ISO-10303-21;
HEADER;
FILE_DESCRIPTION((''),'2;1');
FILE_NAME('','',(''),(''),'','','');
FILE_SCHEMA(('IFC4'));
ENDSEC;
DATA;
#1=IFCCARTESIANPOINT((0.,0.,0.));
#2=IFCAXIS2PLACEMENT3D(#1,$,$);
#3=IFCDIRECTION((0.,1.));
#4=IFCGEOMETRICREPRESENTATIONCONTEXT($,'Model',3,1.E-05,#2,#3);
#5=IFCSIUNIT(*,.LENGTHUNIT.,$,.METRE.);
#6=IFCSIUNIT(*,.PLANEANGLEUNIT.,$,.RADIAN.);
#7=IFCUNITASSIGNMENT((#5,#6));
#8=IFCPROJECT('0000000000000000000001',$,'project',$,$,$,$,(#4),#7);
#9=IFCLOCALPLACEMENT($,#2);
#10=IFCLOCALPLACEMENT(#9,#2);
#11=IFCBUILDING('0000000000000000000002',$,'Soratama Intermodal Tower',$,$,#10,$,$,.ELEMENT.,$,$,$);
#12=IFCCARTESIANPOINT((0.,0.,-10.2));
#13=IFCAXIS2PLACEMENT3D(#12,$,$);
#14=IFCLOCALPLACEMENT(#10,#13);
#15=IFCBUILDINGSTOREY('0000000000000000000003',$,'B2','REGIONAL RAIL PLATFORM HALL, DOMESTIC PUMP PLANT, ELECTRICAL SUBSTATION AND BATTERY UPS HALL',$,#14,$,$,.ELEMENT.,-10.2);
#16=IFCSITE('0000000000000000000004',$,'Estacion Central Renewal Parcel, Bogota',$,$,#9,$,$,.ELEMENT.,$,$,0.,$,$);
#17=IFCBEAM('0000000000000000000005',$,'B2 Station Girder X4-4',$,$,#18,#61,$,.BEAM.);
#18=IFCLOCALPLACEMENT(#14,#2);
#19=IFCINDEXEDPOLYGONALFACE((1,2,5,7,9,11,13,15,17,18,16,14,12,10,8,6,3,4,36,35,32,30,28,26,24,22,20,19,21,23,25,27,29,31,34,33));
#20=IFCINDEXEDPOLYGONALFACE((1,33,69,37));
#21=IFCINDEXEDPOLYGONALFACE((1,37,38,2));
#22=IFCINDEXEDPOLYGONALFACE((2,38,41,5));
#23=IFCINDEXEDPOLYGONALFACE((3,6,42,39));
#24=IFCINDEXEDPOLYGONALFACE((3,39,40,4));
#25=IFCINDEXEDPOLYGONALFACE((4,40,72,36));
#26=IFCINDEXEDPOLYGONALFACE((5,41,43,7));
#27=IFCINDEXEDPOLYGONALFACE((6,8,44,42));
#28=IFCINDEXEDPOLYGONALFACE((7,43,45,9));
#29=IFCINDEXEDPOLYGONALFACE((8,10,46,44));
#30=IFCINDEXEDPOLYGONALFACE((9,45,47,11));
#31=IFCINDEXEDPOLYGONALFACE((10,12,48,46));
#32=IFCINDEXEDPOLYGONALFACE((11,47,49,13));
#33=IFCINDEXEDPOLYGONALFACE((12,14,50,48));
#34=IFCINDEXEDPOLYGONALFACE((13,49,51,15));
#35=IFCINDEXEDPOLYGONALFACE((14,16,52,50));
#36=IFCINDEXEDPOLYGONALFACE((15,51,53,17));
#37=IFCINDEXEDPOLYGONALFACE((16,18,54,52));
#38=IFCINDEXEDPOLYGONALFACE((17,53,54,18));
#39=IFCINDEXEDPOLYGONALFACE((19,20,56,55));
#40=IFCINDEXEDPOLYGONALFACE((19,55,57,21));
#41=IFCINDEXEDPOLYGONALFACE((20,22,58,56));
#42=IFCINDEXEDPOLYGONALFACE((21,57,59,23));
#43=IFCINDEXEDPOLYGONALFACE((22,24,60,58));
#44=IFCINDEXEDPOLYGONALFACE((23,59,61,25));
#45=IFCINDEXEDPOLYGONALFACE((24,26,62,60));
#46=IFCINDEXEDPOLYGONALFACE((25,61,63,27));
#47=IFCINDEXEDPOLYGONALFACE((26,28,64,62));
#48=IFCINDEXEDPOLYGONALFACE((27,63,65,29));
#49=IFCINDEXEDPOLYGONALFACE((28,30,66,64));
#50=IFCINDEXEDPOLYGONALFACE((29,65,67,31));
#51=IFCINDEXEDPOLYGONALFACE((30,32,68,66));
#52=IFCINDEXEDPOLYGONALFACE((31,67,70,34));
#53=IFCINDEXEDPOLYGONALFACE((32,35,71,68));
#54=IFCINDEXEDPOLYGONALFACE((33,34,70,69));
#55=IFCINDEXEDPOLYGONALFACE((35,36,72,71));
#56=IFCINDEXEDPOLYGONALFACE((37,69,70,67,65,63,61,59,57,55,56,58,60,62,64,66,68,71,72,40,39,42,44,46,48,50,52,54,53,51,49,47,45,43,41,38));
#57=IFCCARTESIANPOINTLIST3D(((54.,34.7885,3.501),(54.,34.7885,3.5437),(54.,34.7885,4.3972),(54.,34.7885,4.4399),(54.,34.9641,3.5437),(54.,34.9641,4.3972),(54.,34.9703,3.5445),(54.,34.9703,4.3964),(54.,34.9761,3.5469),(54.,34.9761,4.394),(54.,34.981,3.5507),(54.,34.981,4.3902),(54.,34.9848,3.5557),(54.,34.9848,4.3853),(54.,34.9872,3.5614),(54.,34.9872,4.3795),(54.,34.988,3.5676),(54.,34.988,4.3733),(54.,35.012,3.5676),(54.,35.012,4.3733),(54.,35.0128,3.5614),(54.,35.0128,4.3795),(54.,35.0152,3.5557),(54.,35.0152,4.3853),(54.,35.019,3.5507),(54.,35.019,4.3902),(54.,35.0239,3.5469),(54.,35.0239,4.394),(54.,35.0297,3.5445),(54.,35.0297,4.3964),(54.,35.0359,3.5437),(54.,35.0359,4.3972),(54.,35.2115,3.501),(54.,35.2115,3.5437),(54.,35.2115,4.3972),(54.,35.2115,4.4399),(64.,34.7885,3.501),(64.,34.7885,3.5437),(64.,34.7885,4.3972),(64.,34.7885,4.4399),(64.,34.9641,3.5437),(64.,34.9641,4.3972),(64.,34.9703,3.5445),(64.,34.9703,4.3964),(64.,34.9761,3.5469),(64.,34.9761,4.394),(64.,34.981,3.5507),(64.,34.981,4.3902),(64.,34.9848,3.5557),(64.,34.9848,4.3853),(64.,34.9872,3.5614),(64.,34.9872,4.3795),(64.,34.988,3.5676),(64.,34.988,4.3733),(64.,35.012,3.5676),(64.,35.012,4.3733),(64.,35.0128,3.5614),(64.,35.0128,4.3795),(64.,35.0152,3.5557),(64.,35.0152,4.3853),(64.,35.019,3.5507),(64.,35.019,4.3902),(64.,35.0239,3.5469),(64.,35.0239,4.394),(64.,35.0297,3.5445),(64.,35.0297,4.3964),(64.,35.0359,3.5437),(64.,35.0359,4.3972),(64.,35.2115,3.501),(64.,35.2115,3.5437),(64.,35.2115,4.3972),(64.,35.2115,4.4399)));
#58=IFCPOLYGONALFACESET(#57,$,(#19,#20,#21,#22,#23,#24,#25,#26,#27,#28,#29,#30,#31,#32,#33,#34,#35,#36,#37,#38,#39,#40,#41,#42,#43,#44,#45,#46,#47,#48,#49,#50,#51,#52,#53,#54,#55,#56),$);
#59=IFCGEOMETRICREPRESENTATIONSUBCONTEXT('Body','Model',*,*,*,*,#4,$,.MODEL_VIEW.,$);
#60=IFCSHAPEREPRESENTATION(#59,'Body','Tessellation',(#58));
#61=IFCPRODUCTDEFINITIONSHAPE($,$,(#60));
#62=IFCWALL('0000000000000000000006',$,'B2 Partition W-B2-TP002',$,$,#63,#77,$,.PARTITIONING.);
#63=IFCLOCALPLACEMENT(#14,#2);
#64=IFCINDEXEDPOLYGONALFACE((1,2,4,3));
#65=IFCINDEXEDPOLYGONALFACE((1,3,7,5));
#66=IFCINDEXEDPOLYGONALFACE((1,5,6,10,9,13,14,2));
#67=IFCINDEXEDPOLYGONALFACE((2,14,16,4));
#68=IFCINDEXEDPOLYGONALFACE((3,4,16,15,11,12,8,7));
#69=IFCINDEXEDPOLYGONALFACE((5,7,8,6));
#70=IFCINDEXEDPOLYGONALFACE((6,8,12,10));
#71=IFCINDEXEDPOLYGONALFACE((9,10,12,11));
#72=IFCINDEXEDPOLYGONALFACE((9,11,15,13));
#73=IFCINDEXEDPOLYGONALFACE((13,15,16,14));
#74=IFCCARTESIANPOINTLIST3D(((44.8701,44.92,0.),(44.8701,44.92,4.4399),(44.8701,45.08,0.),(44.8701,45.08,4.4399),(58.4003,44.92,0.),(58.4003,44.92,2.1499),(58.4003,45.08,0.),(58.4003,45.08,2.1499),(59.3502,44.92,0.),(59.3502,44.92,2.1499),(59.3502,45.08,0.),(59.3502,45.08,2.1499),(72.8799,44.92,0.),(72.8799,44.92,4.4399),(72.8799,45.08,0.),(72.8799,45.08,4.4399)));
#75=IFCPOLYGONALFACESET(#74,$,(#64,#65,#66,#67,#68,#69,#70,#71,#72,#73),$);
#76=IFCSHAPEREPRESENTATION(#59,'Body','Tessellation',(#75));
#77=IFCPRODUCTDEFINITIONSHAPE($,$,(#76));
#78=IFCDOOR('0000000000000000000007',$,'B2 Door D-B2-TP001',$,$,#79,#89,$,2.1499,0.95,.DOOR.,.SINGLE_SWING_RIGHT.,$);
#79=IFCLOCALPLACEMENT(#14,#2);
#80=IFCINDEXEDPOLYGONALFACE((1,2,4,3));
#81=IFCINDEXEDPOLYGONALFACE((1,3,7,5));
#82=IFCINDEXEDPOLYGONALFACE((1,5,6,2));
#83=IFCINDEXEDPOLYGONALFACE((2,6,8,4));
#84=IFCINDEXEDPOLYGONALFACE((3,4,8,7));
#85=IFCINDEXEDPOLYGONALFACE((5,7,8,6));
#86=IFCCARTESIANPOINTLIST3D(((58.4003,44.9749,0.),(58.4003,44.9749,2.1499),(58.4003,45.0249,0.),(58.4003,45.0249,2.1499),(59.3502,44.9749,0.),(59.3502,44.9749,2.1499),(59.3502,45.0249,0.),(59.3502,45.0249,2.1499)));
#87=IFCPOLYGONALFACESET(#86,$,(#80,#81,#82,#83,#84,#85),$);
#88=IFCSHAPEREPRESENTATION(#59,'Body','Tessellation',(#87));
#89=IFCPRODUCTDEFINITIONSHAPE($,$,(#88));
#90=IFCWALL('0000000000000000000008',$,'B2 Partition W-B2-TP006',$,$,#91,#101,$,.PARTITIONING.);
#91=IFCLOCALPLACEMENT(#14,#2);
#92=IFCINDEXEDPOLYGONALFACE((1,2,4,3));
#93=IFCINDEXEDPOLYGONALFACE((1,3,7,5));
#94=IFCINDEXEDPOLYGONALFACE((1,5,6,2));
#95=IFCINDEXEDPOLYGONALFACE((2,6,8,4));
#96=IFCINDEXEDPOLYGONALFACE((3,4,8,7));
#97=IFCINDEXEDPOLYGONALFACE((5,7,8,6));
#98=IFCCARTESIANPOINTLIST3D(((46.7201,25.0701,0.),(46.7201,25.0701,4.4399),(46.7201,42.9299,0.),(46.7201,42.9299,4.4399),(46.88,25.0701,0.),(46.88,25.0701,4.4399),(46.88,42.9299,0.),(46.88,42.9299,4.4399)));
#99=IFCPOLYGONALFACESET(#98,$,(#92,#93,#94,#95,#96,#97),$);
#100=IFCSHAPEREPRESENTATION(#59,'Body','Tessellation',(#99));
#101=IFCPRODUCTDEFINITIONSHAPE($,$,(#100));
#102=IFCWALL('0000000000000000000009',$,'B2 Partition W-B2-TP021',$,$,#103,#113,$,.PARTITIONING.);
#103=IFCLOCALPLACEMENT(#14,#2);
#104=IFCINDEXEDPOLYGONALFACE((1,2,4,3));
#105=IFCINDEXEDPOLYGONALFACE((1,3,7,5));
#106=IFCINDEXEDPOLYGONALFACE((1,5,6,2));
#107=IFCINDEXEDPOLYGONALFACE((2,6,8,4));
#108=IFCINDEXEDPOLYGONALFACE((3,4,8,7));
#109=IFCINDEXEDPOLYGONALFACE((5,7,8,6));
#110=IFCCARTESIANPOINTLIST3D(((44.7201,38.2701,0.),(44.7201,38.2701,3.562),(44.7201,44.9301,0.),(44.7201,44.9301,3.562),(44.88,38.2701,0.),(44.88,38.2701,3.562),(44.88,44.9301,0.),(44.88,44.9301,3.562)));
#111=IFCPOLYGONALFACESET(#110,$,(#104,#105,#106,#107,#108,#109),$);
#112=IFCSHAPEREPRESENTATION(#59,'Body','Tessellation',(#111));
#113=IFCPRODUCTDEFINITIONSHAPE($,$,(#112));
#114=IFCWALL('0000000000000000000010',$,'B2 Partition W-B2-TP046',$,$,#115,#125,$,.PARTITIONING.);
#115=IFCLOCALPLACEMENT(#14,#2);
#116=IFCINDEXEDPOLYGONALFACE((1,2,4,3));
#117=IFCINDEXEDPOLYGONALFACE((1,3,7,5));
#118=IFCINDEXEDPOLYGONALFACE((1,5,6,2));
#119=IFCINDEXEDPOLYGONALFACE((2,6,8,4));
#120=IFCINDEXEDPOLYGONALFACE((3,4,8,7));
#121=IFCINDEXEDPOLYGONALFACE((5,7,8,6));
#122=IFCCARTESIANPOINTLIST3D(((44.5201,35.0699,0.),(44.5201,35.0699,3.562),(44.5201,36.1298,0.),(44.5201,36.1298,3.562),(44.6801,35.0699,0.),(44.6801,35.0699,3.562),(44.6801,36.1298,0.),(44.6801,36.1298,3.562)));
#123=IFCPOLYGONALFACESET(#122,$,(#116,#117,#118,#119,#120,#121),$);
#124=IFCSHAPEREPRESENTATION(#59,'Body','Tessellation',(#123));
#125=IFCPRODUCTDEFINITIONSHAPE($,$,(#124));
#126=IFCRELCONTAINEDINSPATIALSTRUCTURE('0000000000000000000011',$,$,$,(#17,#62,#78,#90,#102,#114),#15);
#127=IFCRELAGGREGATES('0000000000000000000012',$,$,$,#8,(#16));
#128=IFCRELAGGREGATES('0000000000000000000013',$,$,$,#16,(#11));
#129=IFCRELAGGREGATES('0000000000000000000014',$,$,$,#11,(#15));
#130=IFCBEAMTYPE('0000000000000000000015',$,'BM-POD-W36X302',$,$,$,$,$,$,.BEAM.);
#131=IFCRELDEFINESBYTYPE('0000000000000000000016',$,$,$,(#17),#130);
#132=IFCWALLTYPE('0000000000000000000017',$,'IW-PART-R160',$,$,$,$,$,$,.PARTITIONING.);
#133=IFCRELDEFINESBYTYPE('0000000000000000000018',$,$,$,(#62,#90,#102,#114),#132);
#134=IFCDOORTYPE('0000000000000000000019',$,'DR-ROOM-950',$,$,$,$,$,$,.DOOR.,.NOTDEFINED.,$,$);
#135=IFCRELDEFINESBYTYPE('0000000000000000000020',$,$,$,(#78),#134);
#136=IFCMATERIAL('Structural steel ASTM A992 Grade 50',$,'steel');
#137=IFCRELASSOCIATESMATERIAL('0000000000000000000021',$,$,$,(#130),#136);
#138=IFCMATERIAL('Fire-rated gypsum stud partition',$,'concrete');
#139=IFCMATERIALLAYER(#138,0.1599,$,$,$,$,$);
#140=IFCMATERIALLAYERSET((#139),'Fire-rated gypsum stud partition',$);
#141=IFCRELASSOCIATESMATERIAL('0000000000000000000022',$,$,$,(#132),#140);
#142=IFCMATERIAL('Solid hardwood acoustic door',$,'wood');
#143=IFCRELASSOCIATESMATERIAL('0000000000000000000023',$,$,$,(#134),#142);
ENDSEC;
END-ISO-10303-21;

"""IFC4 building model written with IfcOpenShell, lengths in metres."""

from ifc_helpers import new_model, si_unit, direction, frame, frame_2d, origin, origin_2d, place, context, subcontext, project, spatial, rectangle, i_section, extrude, material, layer, layer_set, material_profile, profile_set, type_object, element, fill, save


model = new_model("IFC4")

# Units and contexts
model_context = context("Model", 3, precision=1e-05, world=origin(), true_north=direction((0.0, 1.0)))
body_context = subcontext(model_context, "Body", "Model", "MODEL_VIEW")
ifc_project = project(units=[si_unit("LENGTHUNIT", "METRE"), si_unit("PLANEANGLEUNIT", "RADIAN")], contexts=[model_context])

# Site, building, storey
site_placement = place(None, origin())
site = spatial("IfcSite", under=ifc_project, at=site_placement, Name="Estacion Central Renewal Parcel, Bogota", CompositionType="ELEMENT", RefElevation=0.0)
building_placement = place(site_placement, origin())
building = spatial("IfcBuilding", under=site, at=building_placement, Name="Soratama Intermodal Tower", CompositionType="ELEMENT")
storey_placement = place(building_placement, frame((0.0, 0.0, -10.2)))
storey = spatial("IfcBuildingStorey", under=building, at=storey_placement, Name="B2", Description="REGIONAL RAIL PLATFORM HALL, DOMESTIC PUMP PLANT, ELECTRICAL SUBSTATION AND BATTERY UPS HALL", CompositionType="ELEMENT", Elevation=-10.2)

# Beam
ifc_material_1 = material(Name="Structural steel ASTM A992 Grade 50", Category="steel")
ifc_material_profile_1 = material_profile(ifc_material_1, i_section(OverallWidth=0.4231, OverallDepth=0.939, WebThickness=0.0239, FlangeThickness=0.0427, FilletRadius=0.0239, at=origin_2d()), Name="W36X302")
ifc_profile_set_1 = profile_set([ifc_material_profile_1], Name="Structural steel ASTM A992 Grade 50")
beam_type_1 = type_object("IfcBeamType", Name="BM-POD-W36X302", PredefinedType="BEAM", material=ifc_profile_set_1)
beam_1_placement = place(storey_placement, frame((54.0, 35.0, 3.9705), z_axis=(1.0, 0.0, 0.0), x_axis=(0.0, 1.0, 0.0)))
element("IfcBeam", 1, at=beam_1_placement, inside=storey, type_object=beam_type_1, Name="B2 Station Girder X4-4", PredefinedType="BEAM", context=body_context, shape_type="SweptSolid", body=[
    extrude(i_section(OverallWidth=0.4231, OverallDepth=0.939, WebThickness=0.0239, FlangeThickness=0.0427, FilletRadius=0.0239, at=origin_2d()), origin(), (0.0, 0.0, 1.0), 10.0),
])

# Wall, opening, door
ifc_material_2 = material(Name="Fire-rated gypsum stud partition", Category="concrete")
ifc_layer = layer(ifc_material_2, 0.1599)
ifc_layer_set = layer_set([ifc_layer], Name="Fire-rated gypsum stud partition")
wall_type = type_object("IfcWallType", Name="IW-PART-R160", PredefinedType="PARTITIONING", material=ifc_layer_set)
wall_1_placement = place(storey_placement, frame((44.8701, 45.0, 0.0), z_axis=(0.0, 0.0, 1.0), x_axis=(1.0, 0.0, 0.0)))
wall_1 = element("IfcWall", 2, at=wall_1_placement, inside=storey, type_object=wall_type, Name="B2 Partition W-B2-TP002", PredefinedType="PARTITIONING", context=body_context, shape_type="SweptSolid", body=[
    extrude(rectangle(XDim=28.0098, YDim=0.1599, at=frame_2d((14.0049, 0.0))), origin(), (0.0, 0.0, 1.0), 4.4399),
])
opening_placement = place(wall_1_placement, frame((13.53, 0.0, 0.0)))
opening = element("IfcOpeningElement", 3, at=opening_placement, cuts=wall_1, PredefinedType="OPENING", context=body_context, shape_type="SweptSolid", body=[
    extrude(rectangle(XDim=0.95, YDim=2.1499, at=frame_2d((0.4751, 1.075))), frame((0.0, 0.0898, 0.0), z_axis=(0.0, -1.0, 0.0), x_axis=(1.0, 0.0, 0.0)), (0.0, 0.0, 1.0), 0.1799),
])
ifc_material_3 = material(Name="Solid hardwood acoustic door", Category="wood")
door_type = type_object("IfcDoorType", Name="DR-ROOM-950", OperationType="NOTDEFINED", PredefinedType="DOOR", material=ifc_material_3)
door_placement = place(opening_placement, origin())
door = element("IfcDoor", 4, at=door_placement, inside=storey, type_object=door_type, Name="B2 Door D-B2-TP001", OperationType="SINGLE_SWING_RIGHT", OverallHeight=2.1499, OverallWidth=0.95, PredefinedType="DOOR", context=body_context, shape_type="SweptSolid", body=[
    extrude(rectangle(XDim=0.95, YDim=2.1499, at=frame_2d((0.4751, 1.075))), frame((0.0, 0.0249, 0.0), z_axis=(0.0, -1.0, 0.0), x_axis=(1.0, 0.0, 0.0)), (0.0, 0.0, 1.0), 0.05),
])
fill(opening, door)

# Walls
wall_2_placement = place(storey_placement, frame((46.8, 42.9299, 0.0), z_axis=(0.0, 0.0, 1.0), x_axis=(0.0, -1.0, 0.0)))
element("IfcWall", 5, at=wall_2_placement, inside=storey, type_object=wall_type, Name="B2 Partition W-B2-TP006", PredefinedType="PARTITIONING", context=body_context, shape_type="SweptSolid", body=[
    extrude(rectangle(XDim=17.8599, YDim=0.1599, at=frame_2d((8.9299, 0.0))), origin(), (0.0, 0.0, 1.0), 4.4399),
])
wall_3_placement = place(storey_placement, frame((44.8, 38.27, 0.0), z_axis=(0.0, 0.0, 1.0), x_axis=(0.0, 1.0, 0.0)))
element("IfcWall", 6, at=wall_3_placement, inside=storey, type_object=wall_type, Name="B2 Partition W-B2-TP021", PredefinedType="PARTITIONING", context=body_context, shape_type="SweptSolid", body=[
    extrude(rectangle(XDim=6.6599, YDim=0.1599, at=frame_2d((3.3301, 0.0))), origin(), (0.0, 0.0, 1.0), 3.562),
])
wall_4_placement = place(storey_placement, frame((44.6001, 35.0701, 0.0), z_axis=(0.0, 0.0, 1.0), x_axis=(0.0, 1.0, 0.0)))
element("IfcWall", 7, at=wall_4_placement, inside=storey, type_object=wall_type, Name="B2 Partition W-B2-TP046", PredefinedType="PARTITIONING", context=body_context, shape_type="SweptSolid", body=[
    extrude(rectangle(XDim=1.0598, YDim=0.1599, at=frame_2d((0.5298, 0.0))), origin(), (0.0, 0.0, 1.0), 3.562),
])

save(model, "model.ifc")
